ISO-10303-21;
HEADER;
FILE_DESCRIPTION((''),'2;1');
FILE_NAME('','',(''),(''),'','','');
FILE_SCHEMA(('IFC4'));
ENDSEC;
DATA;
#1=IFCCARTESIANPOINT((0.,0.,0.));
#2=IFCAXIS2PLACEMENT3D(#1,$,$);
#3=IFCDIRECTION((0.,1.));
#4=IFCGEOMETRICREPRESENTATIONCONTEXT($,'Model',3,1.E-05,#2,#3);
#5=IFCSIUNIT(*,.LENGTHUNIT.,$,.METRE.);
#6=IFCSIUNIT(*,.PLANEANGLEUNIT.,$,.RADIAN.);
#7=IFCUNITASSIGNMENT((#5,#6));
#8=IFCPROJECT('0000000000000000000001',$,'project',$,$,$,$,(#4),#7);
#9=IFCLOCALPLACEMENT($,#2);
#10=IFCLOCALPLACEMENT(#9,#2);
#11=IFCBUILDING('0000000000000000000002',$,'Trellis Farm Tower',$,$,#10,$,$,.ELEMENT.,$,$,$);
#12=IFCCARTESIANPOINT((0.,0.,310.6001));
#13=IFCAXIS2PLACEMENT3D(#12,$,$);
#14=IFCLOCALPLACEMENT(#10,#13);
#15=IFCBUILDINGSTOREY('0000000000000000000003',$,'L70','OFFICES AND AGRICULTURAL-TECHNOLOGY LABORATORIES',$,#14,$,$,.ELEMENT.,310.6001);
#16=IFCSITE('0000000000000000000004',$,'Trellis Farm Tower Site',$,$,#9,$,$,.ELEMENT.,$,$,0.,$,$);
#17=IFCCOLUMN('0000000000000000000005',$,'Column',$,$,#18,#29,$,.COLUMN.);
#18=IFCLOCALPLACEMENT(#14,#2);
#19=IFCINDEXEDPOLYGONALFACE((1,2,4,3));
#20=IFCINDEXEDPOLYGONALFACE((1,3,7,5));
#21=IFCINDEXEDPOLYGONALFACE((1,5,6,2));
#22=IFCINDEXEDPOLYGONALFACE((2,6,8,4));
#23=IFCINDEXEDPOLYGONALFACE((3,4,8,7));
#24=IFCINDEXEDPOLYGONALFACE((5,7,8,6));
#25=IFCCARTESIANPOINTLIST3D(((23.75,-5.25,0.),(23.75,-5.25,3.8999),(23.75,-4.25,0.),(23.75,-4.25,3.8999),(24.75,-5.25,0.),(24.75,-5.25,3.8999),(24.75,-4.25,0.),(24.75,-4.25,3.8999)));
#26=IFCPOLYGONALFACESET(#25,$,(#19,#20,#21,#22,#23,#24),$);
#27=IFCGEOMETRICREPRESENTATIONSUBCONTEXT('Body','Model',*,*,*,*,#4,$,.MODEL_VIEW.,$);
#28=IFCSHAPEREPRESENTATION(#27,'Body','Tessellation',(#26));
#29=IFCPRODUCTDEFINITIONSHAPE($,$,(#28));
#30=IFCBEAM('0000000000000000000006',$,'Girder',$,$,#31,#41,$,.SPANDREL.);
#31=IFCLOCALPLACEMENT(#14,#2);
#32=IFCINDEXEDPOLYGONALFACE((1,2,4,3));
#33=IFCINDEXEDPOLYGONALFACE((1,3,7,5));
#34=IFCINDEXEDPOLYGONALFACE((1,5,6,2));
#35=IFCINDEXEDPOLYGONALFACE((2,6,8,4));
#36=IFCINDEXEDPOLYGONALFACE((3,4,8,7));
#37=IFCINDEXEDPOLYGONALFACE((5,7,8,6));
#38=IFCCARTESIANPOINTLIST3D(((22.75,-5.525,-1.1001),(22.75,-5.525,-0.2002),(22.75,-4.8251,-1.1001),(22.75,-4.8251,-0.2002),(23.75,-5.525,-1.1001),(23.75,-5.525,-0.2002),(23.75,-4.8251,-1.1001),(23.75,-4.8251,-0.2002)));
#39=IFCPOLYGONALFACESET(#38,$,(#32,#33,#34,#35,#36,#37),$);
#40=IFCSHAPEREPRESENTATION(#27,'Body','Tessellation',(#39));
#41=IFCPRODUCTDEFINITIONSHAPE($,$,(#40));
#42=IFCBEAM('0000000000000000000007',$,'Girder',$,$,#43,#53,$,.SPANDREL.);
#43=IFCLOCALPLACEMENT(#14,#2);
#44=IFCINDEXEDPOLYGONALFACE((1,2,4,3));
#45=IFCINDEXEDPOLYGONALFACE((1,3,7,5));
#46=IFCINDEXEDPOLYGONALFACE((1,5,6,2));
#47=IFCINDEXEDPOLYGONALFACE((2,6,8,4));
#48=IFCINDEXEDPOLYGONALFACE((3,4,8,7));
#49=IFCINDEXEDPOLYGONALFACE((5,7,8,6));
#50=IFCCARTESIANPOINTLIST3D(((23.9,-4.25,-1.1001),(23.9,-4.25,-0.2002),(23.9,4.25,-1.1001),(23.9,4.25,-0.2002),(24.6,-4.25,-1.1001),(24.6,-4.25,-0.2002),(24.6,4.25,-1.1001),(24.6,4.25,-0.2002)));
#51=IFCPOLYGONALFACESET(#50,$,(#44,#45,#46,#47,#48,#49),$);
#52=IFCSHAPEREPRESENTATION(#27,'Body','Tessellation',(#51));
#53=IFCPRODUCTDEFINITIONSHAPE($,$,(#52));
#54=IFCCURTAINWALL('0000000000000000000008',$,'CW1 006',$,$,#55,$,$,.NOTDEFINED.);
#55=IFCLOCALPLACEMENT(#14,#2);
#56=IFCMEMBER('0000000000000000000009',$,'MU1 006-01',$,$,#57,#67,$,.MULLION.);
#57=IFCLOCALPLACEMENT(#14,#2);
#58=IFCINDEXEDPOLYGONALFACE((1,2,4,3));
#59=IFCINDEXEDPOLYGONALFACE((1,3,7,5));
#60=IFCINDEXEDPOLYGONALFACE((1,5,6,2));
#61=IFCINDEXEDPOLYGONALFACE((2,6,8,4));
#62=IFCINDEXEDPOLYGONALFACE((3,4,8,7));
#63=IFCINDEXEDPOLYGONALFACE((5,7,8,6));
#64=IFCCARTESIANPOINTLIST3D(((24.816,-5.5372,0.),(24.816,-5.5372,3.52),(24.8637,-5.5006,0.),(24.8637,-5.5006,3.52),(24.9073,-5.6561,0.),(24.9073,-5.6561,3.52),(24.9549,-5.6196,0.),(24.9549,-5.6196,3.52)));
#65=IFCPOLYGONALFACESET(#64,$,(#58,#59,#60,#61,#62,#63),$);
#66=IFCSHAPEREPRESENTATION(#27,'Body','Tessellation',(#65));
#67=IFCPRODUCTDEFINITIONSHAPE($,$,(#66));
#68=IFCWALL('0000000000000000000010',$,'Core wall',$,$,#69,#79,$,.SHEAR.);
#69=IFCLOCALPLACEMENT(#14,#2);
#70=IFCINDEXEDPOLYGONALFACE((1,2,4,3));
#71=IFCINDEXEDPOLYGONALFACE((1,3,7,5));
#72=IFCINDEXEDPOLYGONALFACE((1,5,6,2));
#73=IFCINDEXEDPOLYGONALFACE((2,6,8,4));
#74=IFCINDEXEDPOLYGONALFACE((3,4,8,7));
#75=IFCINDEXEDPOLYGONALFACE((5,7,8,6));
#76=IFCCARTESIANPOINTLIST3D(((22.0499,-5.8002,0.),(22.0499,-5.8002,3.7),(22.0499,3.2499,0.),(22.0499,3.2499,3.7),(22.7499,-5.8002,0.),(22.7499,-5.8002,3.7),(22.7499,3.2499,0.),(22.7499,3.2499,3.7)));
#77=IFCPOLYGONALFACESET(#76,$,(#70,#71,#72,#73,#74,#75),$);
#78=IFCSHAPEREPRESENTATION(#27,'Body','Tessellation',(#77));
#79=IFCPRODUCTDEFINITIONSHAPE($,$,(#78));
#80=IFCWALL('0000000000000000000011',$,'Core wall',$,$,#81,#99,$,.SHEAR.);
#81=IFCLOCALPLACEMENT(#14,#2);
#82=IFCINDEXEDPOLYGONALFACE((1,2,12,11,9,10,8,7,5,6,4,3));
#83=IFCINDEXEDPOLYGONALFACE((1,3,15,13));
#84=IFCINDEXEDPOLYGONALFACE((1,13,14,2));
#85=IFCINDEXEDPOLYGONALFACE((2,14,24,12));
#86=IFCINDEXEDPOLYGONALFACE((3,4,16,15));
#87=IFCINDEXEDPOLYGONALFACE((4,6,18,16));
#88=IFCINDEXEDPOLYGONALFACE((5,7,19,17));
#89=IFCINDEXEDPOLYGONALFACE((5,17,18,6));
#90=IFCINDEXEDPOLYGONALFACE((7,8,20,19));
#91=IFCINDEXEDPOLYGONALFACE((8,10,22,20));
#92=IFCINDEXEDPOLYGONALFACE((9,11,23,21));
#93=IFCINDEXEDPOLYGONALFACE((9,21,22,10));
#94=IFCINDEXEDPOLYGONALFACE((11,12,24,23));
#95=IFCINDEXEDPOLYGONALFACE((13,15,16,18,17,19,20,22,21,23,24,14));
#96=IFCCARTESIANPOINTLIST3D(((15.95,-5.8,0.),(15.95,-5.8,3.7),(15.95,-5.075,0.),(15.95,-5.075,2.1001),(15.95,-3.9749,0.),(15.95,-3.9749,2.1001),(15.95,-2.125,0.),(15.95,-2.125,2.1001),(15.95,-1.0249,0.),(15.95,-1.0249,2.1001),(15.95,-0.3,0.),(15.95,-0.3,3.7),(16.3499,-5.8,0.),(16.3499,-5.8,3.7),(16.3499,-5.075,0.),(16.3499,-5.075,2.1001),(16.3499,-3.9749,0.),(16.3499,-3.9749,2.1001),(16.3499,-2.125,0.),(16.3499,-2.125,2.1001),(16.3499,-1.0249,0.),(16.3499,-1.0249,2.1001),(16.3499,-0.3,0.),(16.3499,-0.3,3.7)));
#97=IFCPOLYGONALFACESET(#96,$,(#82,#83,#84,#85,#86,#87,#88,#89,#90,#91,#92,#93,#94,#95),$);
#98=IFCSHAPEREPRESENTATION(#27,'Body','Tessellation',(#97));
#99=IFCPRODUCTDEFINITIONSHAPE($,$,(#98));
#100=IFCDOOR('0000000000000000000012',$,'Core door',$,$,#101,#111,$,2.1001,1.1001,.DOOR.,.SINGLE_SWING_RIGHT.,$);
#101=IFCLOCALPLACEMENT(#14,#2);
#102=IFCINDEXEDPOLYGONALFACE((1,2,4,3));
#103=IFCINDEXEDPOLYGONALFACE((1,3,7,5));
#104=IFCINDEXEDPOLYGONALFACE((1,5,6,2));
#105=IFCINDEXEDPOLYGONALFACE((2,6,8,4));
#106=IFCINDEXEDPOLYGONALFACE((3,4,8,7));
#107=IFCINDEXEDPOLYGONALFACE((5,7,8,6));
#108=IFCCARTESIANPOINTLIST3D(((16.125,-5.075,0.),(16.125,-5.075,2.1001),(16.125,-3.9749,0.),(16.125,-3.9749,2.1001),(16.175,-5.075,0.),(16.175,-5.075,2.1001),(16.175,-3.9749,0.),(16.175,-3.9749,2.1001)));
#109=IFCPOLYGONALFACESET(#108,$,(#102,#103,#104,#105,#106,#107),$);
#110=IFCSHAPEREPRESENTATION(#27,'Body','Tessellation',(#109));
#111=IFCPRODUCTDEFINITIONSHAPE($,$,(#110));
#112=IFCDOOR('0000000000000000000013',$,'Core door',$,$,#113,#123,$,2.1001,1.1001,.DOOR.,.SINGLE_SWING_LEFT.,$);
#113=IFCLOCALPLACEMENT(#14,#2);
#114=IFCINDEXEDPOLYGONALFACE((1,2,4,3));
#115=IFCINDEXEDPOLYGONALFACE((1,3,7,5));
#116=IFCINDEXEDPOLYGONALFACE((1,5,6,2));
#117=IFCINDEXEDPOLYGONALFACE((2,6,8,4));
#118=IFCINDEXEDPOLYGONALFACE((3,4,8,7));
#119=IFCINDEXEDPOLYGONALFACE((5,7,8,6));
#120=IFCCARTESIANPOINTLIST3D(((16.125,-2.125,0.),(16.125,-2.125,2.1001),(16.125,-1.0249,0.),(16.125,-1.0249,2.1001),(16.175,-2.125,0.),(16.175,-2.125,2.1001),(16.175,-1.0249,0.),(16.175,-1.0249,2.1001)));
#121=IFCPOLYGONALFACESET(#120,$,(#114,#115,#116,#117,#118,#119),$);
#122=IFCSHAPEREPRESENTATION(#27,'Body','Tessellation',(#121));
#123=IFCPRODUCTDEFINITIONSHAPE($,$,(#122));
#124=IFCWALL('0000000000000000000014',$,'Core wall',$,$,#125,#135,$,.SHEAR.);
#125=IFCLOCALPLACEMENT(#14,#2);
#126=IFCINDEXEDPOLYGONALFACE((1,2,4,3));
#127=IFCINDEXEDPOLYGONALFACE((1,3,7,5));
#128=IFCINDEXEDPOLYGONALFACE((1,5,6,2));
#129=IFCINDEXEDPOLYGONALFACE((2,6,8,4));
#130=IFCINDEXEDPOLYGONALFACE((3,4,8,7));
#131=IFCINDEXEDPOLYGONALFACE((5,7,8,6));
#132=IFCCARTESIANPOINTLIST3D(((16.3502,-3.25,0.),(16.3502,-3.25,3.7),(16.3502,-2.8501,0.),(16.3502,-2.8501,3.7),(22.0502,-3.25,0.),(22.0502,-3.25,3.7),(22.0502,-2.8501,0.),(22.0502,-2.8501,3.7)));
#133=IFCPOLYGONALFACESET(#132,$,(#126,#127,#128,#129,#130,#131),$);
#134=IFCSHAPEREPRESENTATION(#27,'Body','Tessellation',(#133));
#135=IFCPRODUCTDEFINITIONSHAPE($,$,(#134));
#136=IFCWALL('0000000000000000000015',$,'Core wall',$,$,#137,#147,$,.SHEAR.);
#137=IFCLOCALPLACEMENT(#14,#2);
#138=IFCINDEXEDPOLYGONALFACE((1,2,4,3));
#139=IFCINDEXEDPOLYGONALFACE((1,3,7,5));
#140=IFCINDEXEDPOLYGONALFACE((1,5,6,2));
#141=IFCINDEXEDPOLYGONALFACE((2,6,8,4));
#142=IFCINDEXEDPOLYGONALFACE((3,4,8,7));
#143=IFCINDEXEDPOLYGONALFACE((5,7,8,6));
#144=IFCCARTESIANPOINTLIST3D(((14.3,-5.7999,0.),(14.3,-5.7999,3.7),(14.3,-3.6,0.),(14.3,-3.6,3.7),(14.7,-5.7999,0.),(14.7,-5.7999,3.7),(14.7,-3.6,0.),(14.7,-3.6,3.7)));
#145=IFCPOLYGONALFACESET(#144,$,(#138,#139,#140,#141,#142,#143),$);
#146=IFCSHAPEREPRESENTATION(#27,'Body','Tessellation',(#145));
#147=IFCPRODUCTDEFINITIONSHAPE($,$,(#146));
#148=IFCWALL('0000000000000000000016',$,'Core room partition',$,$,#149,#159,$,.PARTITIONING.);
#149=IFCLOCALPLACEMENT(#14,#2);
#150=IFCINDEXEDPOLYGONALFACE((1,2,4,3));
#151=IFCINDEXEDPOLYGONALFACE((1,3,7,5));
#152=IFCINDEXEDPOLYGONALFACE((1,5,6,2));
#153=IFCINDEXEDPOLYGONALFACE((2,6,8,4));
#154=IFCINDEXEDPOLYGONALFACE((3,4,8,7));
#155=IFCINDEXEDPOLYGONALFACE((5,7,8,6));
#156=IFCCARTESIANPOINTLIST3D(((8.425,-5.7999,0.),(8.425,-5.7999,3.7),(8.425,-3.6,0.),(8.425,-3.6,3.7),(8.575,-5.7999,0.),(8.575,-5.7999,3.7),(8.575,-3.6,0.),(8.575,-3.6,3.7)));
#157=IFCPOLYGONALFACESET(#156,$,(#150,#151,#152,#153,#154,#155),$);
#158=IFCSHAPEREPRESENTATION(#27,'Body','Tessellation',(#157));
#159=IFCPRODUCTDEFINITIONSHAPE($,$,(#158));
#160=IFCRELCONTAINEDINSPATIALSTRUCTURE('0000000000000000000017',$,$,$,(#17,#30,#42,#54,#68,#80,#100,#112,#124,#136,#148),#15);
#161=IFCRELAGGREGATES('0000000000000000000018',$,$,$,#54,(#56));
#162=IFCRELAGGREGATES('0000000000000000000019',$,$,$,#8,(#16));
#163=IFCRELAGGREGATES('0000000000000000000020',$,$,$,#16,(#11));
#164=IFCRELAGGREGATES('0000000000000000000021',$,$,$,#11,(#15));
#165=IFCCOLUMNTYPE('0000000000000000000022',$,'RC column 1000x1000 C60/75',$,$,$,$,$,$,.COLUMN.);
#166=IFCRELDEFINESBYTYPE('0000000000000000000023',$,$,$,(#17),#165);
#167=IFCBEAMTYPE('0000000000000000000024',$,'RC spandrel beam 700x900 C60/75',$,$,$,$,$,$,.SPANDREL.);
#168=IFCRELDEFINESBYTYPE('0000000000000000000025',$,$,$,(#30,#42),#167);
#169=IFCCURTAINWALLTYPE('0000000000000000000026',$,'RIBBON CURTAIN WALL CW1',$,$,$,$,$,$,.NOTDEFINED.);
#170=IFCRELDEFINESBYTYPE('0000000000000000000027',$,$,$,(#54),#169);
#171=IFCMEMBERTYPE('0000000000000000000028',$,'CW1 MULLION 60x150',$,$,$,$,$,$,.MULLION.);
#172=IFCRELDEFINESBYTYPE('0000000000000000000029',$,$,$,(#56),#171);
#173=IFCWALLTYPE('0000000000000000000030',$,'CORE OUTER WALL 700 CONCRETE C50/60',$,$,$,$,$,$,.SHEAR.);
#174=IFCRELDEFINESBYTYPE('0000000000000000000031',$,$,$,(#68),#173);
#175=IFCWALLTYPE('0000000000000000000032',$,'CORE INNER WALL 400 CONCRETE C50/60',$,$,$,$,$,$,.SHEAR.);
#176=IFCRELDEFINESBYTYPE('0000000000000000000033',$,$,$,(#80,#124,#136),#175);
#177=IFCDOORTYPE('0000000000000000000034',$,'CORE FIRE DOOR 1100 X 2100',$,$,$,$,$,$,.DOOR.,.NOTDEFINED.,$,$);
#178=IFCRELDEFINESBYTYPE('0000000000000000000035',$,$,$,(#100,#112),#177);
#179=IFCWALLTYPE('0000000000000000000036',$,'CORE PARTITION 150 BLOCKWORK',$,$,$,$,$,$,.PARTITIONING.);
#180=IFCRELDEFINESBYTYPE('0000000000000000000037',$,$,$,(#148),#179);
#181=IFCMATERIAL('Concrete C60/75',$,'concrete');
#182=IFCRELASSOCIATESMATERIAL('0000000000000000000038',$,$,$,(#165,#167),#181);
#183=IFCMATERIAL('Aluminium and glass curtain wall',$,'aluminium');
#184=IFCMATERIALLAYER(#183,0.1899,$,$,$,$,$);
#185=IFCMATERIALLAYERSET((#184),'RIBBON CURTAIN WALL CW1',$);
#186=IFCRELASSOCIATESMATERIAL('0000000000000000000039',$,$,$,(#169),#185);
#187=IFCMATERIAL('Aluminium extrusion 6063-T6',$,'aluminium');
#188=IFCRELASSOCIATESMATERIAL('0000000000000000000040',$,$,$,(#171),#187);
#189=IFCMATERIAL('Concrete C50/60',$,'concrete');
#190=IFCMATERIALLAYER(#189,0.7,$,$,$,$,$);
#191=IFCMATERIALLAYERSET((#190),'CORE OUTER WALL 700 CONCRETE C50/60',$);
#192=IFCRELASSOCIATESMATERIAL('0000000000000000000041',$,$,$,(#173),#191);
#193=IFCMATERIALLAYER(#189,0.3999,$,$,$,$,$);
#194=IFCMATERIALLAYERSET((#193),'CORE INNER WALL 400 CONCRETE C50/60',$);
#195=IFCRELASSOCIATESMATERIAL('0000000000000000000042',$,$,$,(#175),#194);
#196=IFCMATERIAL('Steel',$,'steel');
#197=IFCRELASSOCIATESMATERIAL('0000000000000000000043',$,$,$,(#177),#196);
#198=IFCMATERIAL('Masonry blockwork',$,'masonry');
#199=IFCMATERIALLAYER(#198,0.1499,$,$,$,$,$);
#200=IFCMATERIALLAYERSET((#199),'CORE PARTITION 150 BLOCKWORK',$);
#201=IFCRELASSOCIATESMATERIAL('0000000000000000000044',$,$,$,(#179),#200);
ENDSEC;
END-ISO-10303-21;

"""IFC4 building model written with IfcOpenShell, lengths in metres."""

from ifc_helpers import new_model, si_unit, direction, frame, frame_2d, origin, origin_2d, place, context, subcontext, project, spatial, rectangle, extrude, source, transform, mapped, material, layer, layer_set, material_profile, profile_set, type_object, element, fill, aggregate, save


model = new_model("IFC4")

# Units and contexts
model_context = context("Model", 3, precision=1e-05, world=origin(), true_north=direction((0.0, 1.0)))
body_context = subcontext(model_context, "Body", "Model", "MODEL_VIEW")
ifc_project = project(units=[si_unit("LENGTHUNIT", "METRE"), si_unit("PLANEANGLEUNIT", "RADIAN")], contexts=[model_context])

# Site, building, storey
site_placement = place(None, origin())
site = spatial("IfcSite", under=ifc_project, at=site_placement, Name="Trellis Farm Tower Site", CompositionType="ELEMENT", RefElevation=0.0)
building_placement = place(site_placement, origin())
building = spatial("IfcBuilding", under=site, at=building_placement, Name="Trellis Farm Tower", CompositionType="ELEMENT")
storey_placement = place(building_placement, frame((0.0, 0.0, 310.6001)))
storey = spatial("IfcBuildingStorey", under=building, at=storey_placement, Name="L70", Description="OFFICES AND AGRICULTURAL-TECHNOLOGY LABORATORIES", CompositionType="ELEMENT", Elevation=310.6001)

# Column
ifc_material_1 = material(Name="Concrete C60/75", Category="concrete")
ifc_material_profile_1 = material_profile(ifc_material_1, rectangle(XDim=1.0, YDim=1.0, at=origin_2d()), Name="RC column 1000x1000 C60/75")
ifc_profile_set_1 = profile_set([ifc_material_profile_1], Name="Concrete C60/75")
column_type = type_object("IfcColumnType", Name="RC column 1000x1000 C60/75", PredefinedType="COLUMN", material=ifc_profile_set_1)
shared_shape_1 = source(origin(), body_context, "Body", "SweptSolid", [
    extrude(rectangle(XDim=1.0, YDim=1.0, at=origin_2d()), origin(), (0.0, 0.0, 1.0), 3.8999),
])
column_placement = place(storey_placement, frame((24.25, -4.75, 0.0), z_axis=(0.0, 0.0, 1.0), x_axis=(1.0, 0.0, 0.0)))
element("IfcColumn", 1, at=column_placement, inside=storey, type_object=column_type, Name="Column", PredefinedType="COLUMN", context=body_context, shape_type="MappedRepresentation", body=[
    mapped(shared_shape_1, transform((0.0, 0.0, 0.0))),
])

# Beams
ifc_material_profile_2 = material_profile(ifc_material_1, rectangle(XDim=0.7, YDim=0.8999, at=origin_2d()), Name="RC spandrel beam 700x900 C60/75")
ifc_profile_set_2 = profile_set([ifc_material_profile_2], Name="Concrete C60/75")
beam_type = type_object("IfcBeamType", Name="RC spandrel beam 700x900 C60/75", PredefinedType="SPANDREL", material=ifc_profile_set_2)
shared_shape_2 = source(origin(), body_context, "Body", "SweptSolid", [
    extrude(rectangle(XDim=0.7, YDim=0.8999, at=origin_2d()), origin(), (0.0, 0.0, 1.0), 1.0),
])
beam_1_placement = place(storey_placement, frame((22.75, -5.175, -0.6501), z_axis=(1.0, 0.0, 0.0), x_axis=(0.0, 1.0, 0.0)))
element("IfcBeam", 2, at=beam_1_placement, inside=storey, type_object=beam_type, Name="Girder", PredefinedType="SPANDREL", context=body_context, shape_type="MappedRepresentation", body=[
    mapped(shared_shape_2, transform((0.0, 0.0, 0.0))),
])
shared_shape_3 = source(origin(), body_context, "Body", "SweptSolid", [
    extrude(rectangle(XDim=0.7, YDim=0.8999, at=origin_2d()), origin(), (0.0, 0.0, 1.0), 8.5),
])
beam_2_placement = place(storey_placement, frame((24.25, -4.25, -0.6501), z_axis=(0.0, 1.0, 0.0), x_axis=(-1.0, 0.0, 0.0)))
element("IfcBeam", 3, at=beam_2_placement, inside=storey, type_object=beam_type, Name="Girder", PredefinedType="SPANDREL", context=body_context, shape_type="MappedRepresentation", body=[
    mapped(shared_shape_3, transform((0.0, 0.0, 0.0))),
])

# Curtain wall, member
ifc_material_2 = material(Name="Aluminium and glass curtain wall", Category="aluminium")
ifc_layer_1 = layer(ifc_material_2, 0.1899)
ifc_layer_set_1 = layer_set([ifc_layer_1], Name="RIBBON CURTAIN WALL CW1")
curtain_wall_type = type_object("IfcCurtainWallType", Name="RIBBON CURTAIN WALL CW1", PredefinedType="NOTDEFINED", material=ifc_layer_set_1)
placement = place(storey_placement, origin())
curtain_wall = element("IfcCurtainWall", 4, at=placement, inside=storey, type_object=curtain_wall_type, Name="CW1 006", PredefinedType="NOTDEFINED")
ifc_material_3 = material(Name="Aluminium extrusion 6063-T6", Category="aluminium")
ifc_material_profile_3 = material_profile(ifc_material_3, rectangle(XDim=0.0601, YDim=0.1499, at=origin_2d()), Name="MULLION 60x150")
ifc_profile_set_3 = profile_set([ifc_material_profile_3], Name="Aluminium extrusion 6063-T6")
member_type = type_object("IfcMemberType", Name="CW1 MULLION 60x150", PredefinedType="MULLION", material=ifc_profile_set_3)
shared_shape_4 = source(origin(), body_context, "Body", "SweptSolid", [
    extrude(rectangle(XDim=0.0601, YDim=0.1499, at=origin_2d()), origin(), (0.0, 0.0, 1.0), 3.52),
])
member_placement = place(storey_placement, frame((24.8855, -5.5784, 0.0), z_axis=(0.0, 0.0, 1.0), x_axis=(0.793353, 0.608761, 0.0)))
member = element("IfcMember", 5, at=member_placement, type_object=member_type, Name="MU1 006-01", PredefinedType="MULLION", context=body_context, shape_type="MappedRepresentation", body=[
    mapped(shared_shape_4, transform((0.0, 0.0, 0.0))),
])
aggregate(curtain_wall, [member])

# Wall
ifc_material_4 = material(Name="Concrete C50/60", Category="concrete")
ifc_layer_2 = layer(ifc_material_4, 0.7)
ifc_layer_set_2 = layer_set([ifc_layer_2], Name="CORE OUTER WALL 700 CONCRETE C50/60")
wall_type_1 = type_object("IfcWallType", Name="CORE OUTER WALL 700 CONCRETE C50/60", PredefinedType="SHEAR", material=ifc_layer_set_2)
shared_shape_5 = source(origin(), body_context, "Body", "SweptSolid", [
    extrude(rectangle(XDim=9.05, YDim=0.7, at=frame_2d((4.5249, 0.0))), origin(), (0.0, 0.0, 1.0), 3.7),
])
wall_1_placement = place(storey_placement, frame((22.3999, -5.8, 0.0), z_axis=(0.0, 0.0, 1.0), x_axis=(0.0, 1.0, 0.0)))
element("IfcWall", 6, at=wall_1_placement, inside=storey, type_object=wall_type_1, Name="Core wall", PredefinedType="SHEAR", context=body_context, shape_type="MappedRepresentation", body=[
    mapped(shared_shape_5, transform((0.0, 0.0, 0.0))),
])

# Wall, openings, doors
ifc_layer_3 = layer(ifc_material_4, 0.3999)
ifc_layer_set_3 = layer_set([ifc_layer_3], Name="CORE INNER WALL 400 CONCRETE C50/60")
wall_type_2 = type_object("IfcWallType", Name="CORE INNER WALL 400 CONCRETE C50/60", PredefinedType="SHEAR", material=ifc_layer_set_3)
shared_shape_6 = source(origin(), body_context, "Body", "SweptSolid", [
    extrude(rectangle(XDim=5.5, YDim=0.3999, at=frame_2d((2.75, 0.0))), origin(), (0.0, 0.0, 1.0), 3.7),
])
wall_2_placement = place(storey_placement, frame((16.1499, -5.8, 0.0), z_axis=(0.0, 0.0, 1.0), x_axis=(0.0, 1.0, 0.0)))
wall_2 = element("IfcWall", 7, at=wall_2_placement, inside=storey, type_object=wall_type_2, Name="Core wall", PredefinedType="SHEAR", context=body_context, shape_type="MappedRepresentation", body=[
    mapped(shared_shape_6, transform((0.0, 0.0, 0.0))),
])
shared_shape_7 = source(origin(), body_context, "Body", "SweptSolid", [
    extrude(rectangle(XDim=1.1001, YDim=2.1001, at=frame_2d((0.55, 1.05))), frame((0.0, 0.21, 0.0), z_axis=(0.0, -1.0, 0.0), x_axis=(1.0, 0.0, 0.0)), (0.0, 0.0, 1.0), 0.4199),
])
opening_1_placement = place(wall_2_placement, frame((0.7251, 0.0, 0.0)))
opening_1 = element("IfcOpeningElement", 8, at=opening_1_placement, cuts=wall_2, PredefinedType="OPENING", context=body_context, shape_type="MappedRepresentation", body=[
    mapped(shared_shape_7, transform((0.0, 0.0, 0.0))),
])
opening_2_placement = place(wall_2_placement, frame((3.675, 0.0, 0.0)))
opening_2 = element("IfcOpeningElement", 9, at=opening_2_placement, cuts=wall_2, PredefinedType="OPENING", context=body_context, shape_type="MappedRepresentation", body=[
    mapped(shared_shape_7, transform((0.0, 0.0, 0.0))),
])
ifc_material_5 = material(Name="Steel", Category="steel")
door_type = type_object("IfcDoorType", Name="CORE FIRE DOOR 1100 X 2100", OperationType="NOTDEFINED", PredefinedType="DOOR", material=ifc_material_5)
shared_shape_8 = source(origin(), body_context, "Body", "SweptSolid", [
    extrude(rectangle(XDim=1.1001, YDim=2.1001, at=frame_2d((0.55, 1.05))), frame((0.0, 0.0249, 0.0), z_axis=(0.0, -1.0, 0.0), x_axis=(1.0, 0.0, 0.0)), (0.0, 0.0, 1.0), 0.05),
])
door_1_placement = place(opening_1_placement, origin())
door_1 = element("IfcDoor", 10, at=door_1_placement, inside=storey, type_object=door_type, Name="Core door", OperationType="SINGLE_SWING_RIGHT", OverallHeight=2.1001, OverallWidth=1.1001, PredefinedType="DOOR", context=body_context, shape_type="MappedRepresentation", body=[
    mapped(shared_shape_8, transform((0.0, 0.0, 0.0))),
])
fill(opening_1, door_1)
door_2_placement = place(opening_2_placement, origin())
door_2 = element("IfcDoor", 11, at=door_2_placement, inside=storey, type_object=door_type, Name="Core door", OperationType="SINGLE_SWING_LEFT", OverallHeight=2.1001, OverallWidth=1.1001, PredefinedType="DOOR", context=body_context, shape_type="MappedRepresentation", body=[
    mapped(shared_shape_8, transform((0.0, 0.0, 0.0))),
])
fill(opening_2, door_2)

# Walls
shared_shape_9 = source(origin(), body_context, "Body", "SweptSolid", [
    extrude(rectangle(XDim=5.7, YDim=0.3999, at=frame_2d((2.8501, 0.0))), origin(), (0.0, 0.0, 1.0), 3.7),
])
wall_3_placement = place(storey_placement, frame((16.3501, -3.05, 0.0), z_axis=(0.0, 0.0, 1.0), x_axis=(1.0, 0.0, 0.0)))
element("IfcWall", 12, at=wall_3_placement, inside=storey, type_object=wall_type_2, Name="Core wall", PredefinedType="SHEAR", context=body_context, shape_type="MappedRepresentation", body=[
    mapped(shared_shape_9, transform((0.0, 0.0, 0.0))),
])
shared_shape_10 = source(origin(), body_context, "Body", "SweptSolid", [
    extrude(rectangle(XDim=2.2, YDim=0.3999, at=frame_2d((1.1001, 0.0))), origin(), (0.0, 0.0, 1.0), 3.7),
])
wall_4_placement = place(storey_placement, frame((14.5, -5.8, 0.0), z_axis=(0.0, 0.0, 1.0), x_axis=(0.0, 1.0, 0.0)))
element("IfcWall", 13, at=wall_4_placement, inside=storey, type_object=wall_type_2, Name="Core wall", PredefinedType="SHEAR", context=body_context, shape_type="MappedRepresentation", body=[
    mapped(shared_shape_10, transform((0.0, 0.0, 0.0))),
])
ifc_material_6 = material(Name="Masonry blockwork", Category="masonry")
ifc_layer_4 = layer(ifc_material_6, 0.1499)
ifc_layer_set_4 = layer_set([ifc_layer_4], Name="CORE PARTITION 150 BLOCKWORK")
wall_type_3 = type_object("IfcWallType", Name="CORE PARTITION 150 BLOCKWORK", PredefinedType="PARTITIONING", material=ifc_layer_set_4)
shared_shape_11 = source(origin(), body_context, "Body", "SweptSolid", [
    extrude(rectangle(XDim=2.2, YDim=0.1499, at=frame_2d((1.1001, 0.0))), origin(), (0.0, 0.0, 1.0), 3.7),
])
for number, where, z_axis, x_axis, name in (
    (14, (8.5, -5.8, 0.0), (0.0, 0.0, 1.0), (0.0, 1.0, 0.0), "Core room partition"),
):
    element("IfcWall", number, at=place(storey_placement, frame(where, z_axis=z_axis, x_axis=x_axis)), inside=storey, type_object=wall_type_3, Name=name, PredefinedType="PARTITIONING", context=body_context, shape_type="MappedRepresentation", body=[
        mapped(shared_shape_11, transform((0.0, 0.0, 0.0))),
    ])

save(model, "model.ifc")
